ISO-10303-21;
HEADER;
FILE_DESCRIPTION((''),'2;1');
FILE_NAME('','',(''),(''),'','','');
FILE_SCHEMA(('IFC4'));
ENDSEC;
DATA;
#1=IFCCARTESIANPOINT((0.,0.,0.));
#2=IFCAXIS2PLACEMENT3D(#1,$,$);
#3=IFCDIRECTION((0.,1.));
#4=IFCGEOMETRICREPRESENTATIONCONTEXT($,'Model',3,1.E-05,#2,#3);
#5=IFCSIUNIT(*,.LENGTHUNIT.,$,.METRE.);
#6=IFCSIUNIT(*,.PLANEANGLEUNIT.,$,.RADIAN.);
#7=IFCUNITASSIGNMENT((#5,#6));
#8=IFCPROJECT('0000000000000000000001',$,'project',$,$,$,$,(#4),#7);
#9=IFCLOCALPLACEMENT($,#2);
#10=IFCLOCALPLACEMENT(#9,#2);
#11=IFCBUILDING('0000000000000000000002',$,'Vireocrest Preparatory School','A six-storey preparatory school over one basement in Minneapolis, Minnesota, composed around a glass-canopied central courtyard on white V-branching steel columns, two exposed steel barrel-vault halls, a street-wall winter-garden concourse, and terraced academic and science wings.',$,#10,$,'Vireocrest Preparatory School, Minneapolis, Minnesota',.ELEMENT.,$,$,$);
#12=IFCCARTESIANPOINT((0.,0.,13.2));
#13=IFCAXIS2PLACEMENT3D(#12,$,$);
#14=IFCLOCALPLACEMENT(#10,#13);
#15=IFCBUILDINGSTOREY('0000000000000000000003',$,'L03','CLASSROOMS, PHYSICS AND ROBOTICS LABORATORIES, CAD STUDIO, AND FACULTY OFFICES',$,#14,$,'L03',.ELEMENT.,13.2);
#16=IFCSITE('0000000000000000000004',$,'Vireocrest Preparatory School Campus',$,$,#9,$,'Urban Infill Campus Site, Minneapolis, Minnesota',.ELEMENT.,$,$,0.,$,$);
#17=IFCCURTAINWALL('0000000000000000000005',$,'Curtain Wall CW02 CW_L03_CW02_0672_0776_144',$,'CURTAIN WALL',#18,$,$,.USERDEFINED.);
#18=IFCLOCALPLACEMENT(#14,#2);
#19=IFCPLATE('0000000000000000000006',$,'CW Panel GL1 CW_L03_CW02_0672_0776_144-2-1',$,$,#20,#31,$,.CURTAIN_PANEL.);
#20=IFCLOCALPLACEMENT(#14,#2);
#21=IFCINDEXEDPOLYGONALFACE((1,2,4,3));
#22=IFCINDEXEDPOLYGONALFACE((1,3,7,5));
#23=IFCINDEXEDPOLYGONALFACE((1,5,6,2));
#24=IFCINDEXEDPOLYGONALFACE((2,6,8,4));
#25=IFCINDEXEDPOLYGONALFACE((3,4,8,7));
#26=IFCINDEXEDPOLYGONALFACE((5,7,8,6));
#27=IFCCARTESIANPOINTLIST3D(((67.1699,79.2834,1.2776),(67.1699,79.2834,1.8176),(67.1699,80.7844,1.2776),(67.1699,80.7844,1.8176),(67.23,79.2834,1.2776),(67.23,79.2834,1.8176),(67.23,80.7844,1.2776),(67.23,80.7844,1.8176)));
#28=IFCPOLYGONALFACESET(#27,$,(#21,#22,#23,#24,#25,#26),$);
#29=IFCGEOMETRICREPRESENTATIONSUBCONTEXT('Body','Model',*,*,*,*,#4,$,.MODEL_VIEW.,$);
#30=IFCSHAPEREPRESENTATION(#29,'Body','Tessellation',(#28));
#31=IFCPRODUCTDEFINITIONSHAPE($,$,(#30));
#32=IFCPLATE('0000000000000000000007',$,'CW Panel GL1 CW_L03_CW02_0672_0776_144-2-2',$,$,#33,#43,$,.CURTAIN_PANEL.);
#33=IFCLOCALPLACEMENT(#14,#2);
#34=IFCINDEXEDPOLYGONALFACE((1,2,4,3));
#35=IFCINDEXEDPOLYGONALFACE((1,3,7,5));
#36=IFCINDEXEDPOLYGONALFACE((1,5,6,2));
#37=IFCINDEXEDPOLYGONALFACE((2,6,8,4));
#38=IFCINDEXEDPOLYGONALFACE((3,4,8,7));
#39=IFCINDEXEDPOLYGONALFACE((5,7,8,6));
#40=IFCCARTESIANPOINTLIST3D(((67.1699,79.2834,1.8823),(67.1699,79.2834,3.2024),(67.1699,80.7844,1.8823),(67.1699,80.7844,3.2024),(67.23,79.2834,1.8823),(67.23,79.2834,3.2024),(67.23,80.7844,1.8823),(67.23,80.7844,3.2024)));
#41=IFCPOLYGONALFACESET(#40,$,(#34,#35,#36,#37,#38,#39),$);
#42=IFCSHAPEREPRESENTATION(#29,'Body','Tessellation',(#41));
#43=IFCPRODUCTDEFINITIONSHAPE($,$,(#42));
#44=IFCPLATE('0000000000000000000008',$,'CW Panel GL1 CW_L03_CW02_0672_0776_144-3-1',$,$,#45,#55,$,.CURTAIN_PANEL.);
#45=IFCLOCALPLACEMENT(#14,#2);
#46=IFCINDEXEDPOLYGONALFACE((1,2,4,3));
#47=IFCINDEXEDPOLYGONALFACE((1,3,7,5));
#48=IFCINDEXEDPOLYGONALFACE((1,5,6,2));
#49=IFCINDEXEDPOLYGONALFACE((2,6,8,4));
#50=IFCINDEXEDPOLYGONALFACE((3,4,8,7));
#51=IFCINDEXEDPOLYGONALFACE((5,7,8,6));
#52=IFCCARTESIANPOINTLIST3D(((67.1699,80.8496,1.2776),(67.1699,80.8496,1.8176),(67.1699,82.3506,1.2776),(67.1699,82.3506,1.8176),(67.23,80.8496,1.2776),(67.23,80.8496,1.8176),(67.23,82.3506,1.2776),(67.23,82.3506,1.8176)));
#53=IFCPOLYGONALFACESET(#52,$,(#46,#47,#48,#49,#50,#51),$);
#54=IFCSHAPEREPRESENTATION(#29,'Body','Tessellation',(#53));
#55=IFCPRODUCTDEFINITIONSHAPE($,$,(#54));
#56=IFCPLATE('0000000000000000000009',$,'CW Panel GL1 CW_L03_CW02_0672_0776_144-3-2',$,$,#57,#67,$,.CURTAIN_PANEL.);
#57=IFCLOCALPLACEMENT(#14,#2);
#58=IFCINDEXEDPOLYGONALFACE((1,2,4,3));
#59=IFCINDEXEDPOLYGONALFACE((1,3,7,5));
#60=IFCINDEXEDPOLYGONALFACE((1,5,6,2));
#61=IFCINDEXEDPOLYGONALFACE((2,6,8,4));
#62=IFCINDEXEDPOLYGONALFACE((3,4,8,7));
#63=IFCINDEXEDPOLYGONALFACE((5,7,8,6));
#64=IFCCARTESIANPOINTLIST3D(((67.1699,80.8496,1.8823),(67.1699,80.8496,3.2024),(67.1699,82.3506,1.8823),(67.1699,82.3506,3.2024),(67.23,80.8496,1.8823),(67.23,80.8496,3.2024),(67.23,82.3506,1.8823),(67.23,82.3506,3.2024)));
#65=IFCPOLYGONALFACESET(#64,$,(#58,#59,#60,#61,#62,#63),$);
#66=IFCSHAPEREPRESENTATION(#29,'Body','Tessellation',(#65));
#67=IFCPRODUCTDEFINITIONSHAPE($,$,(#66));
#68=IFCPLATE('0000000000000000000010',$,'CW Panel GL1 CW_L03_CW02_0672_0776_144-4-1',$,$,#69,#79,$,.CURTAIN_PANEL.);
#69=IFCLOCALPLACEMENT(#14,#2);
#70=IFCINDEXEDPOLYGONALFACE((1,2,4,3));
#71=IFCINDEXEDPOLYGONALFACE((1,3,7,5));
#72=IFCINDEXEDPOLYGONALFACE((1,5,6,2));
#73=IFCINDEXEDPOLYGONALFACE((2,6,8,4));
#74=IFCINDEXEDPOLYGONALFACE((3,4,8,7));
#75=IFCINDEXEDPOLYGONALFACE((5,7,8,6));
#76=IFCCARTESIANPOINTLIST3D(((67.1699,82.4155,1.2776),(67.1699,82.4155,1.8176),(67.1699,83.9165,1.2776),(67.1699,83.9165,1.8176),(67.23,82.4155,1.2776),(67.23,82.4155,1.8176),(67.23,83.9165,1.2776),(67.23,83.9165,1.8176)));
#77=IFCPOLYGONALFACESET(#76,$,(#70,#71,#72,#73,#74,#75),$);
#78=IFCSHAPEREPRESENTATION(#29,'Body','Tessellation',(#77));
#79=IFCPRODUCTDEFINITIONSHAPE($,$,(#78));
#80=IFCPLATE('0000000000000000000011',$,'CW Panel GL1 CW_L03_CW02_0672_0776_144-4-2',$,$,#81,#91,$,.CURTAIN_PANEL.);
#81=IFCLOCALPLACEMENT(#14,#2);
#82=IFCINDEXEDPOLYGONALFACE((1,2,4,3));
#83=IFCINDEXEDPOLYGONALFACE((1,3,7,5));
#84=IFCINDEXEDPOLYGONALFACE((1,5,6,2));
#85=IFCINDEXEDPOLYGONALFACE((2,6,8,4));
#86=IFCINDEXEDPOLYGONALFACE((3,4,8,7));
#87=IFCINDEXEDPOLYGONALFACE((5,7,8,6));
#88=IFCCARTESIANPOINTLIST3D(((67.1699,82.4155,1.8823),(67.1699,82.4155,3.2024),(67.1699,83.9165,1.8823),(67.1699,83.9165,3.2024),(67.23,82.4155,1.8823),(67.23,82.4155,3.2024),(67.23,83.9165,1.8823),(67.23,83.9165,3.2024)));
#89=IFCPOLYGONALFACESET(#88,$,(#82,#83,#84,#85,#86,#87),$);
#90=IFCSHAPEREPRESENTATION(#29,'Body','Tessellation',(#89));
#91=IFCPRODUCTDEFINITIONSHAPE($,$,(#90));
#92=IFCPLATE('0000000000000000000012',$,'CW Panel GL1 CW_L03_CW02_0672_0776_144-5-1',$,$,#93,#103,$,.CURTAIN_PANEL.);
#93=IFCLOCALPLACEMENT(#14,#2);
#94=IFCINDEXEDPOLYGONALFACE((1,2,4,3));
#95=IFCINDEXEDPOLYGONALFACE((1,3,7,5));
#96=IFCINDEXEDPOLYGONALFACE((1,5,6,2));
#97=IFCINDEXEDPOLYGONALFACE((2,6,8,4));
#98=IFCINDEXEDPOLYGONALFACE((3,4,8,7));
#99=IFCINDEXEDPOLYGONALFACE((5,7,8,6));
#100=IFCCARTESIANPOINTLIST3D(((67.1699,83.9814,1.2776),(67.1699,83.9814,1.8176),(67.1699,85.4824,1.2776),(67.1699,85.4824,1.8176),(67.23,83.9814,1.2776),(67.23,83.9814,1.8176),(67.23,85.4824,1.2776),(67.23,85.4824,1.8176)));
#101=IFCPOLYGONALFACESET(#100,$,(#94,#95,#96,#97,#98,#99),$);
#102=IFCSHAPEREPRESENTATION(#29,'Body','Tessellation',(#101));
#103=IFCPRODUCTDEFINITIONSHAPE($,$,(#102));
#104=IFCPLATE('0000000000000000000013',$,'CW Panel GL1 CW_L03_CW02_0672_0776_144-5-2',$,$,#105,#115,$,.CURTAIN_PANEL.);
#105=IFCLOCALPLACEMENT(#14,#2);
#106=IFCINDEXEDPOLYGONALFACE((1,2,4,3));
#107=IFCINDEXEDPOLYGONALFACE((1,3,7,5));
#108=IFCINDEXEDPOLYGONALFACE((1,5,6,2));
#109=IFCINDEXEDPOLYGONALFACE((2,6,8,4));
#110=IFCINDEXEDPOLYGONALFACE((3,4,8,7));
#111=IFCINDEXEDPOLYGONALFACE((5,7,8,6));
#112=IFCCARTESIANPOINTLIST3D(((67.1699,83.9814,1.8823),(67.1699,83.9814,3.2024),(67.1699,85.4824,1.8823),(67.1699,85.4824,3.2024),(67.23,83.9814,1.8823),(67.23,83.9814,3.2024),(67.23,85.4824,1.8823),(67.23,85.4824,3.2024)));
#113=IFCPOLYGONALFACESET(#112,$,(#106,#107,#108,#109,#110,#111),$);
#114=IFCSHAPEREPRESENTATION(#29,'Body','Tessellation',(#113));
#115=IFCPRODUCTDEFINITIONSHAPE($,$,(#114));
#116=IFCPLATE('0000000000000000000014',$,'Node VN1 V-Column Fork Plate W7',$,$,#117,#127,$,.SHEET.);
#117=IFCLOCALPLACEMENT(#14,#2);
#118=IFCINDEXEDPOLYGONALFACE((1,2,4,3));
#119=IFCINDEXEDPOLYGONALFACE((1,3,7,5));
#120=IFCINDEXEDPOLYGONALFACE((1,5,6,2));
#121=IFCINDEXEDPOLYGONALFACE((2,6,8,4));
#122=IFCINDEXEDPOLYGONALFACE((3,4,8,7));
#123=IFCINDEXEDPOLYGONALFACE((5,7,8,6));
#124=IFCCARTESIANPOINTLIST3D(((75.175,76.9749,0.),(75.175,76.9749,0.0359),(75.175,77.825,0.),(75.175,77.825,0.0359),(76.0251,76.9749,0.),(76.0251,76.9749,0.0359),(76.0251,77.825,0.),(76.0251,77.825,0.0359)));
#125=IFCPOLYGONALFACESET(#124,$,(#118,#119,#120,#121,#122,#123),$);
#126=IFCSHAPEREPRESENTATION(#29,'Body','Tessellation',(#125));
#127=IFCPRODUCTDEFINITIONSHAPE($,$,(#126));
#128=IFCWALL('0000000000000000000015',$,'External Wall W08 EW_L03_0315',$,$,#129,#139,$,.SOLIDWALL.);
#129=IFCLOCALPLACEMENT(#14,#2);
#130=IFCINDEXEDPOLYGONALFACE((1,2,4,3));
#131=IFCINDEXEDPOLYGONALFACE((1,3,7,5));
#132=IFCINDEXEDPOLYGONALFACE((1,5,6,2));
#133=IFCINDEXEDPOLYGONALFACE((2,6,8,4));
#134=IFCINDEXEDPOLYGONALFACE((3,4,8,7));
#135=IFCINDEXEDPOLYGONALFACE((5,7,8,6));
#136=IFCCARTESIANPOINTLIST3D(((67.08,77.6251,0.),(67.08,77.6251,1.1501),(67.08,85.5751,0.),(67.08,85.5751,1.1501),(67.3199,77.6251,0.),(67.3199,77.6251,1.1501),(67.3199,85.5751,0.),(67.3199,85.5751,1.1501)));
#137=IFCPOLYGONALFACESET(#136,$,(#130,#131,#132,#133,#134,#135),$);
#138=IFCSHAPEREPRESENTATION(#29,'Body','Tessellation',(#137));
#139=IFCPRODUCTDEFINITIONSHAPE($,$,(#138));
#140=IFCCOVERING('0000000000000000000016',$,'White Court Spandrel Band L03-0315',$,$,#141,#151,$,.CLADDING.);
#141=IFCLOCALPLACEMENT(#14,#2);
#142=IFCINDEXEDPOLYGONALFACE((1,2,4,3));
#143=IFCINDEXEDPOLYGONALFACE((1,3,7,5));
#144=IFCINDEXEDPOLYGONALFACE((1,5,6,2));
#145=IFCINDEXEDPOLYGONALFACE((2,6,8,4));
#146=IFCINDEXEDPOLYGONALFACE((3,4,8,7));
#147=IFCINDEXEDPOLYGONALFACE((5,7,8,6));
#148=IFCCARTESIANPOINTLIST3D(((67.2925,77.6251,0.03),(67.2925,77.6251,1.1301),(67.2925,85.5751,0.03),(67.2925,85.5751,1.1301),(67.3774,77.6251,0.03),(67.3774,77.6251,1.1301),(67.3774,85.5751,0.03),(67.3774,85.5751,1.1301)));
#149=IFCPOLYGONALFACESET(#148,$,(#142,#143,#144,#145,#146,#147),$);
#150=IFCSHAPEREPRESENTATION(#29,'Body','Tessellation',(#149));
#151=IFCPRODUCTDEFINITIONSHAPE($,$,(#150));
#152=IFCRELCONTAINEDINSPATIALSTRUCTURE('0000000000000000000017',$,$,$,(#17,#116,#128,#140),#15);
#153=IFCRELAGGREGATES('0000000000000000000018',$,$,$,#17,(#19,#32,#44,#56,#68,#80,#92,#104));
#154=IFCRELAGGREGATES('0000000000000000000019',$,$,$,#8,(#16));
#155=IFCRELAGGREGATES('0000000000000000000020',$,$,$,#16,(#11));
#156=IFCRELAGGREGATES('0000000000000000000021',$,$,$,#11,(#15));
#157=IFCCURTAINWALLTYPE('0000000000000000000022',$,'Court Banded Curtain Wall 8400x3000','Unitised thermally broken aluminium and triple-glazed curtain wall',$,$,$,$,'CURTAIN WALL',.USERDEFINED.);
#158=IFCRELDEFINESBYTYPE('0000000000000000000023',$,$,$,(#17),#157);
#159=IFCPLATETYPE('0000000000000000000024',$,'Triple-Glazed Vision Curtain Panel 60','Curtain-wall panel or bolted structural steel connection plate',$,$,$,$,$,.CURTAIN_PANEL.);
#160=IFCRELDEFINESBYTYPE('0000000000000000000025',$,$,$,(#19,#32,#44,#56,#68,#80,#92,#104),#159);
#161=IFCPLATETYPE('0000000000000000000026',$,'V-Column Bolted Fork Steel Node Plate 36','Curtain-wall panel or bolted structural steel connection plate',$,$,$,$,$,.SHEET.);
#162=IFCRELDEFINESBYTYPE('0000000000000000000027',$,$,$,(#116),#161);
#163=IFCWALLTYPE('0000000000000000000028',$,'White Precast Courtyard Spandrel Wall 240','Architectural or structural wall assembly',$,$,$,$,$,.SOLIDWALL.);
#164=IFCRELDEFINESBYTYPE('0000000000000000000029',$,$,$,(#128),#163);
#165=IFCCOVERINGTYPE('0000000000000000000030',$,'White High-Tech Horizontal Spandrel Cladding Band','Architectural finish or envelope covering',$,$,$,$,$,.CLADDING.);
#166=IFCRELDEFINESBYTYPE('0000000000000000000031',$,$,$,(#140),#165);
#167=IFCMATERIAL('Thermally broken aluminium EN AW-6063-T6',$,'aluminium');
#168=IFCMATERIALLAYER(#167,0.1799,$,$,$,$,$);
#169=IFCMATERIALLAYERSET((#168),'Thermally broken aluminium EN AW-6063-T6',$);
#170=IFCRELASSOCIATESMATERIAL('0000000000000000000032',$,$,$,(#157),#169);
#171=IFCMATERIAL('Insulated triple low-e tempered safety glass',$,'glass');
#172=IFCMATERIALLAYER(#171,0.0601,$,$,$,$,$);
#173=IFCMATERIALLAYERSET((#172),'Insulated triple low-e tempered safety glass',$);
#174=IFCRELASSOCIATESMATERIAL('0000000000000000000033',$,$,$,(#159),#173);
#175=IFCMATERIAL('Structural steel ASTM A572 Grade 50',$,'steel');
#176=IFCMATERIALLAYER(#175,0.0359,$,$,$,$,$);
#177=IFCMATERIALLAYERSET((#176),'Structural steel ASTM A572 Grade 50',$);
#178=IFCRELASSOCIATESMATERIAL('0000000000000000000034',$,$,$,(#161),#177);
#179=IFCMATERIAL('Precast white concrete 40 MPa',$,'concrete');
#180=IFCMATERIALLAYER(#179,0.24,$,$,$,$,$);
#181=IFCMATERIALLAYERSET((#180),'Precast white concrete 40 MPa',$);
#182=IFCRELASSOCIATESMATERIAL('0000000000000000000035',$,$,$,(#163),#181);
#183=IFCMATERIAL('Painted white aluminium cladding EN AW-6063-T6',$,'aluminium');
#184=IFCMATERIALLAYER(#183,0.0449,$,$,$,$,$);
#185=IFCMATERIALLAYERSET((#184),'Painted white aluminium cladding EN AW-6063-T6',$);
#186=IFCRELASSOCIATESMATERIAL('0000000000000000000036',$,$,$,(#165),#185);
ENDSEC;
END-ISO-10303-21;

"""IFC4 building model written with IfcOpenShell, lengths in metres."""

from ifc_helpers import new_model, si_unit, direction, frame, frame_2d, origin, origin_2d, place, context, subcontext, project, spatial, rectangle, extrude, material, layer, layer_set, type_object, element, aggregate, save


model = new_model("IFC4")

# Units and contexts
model_context = context("Model", 3, precision=1e-05, world=origin(), true_north=direction((0.0, 1.0)))
body_context = subcontext(model_context, "Body", "Model", "MODEL_VIEW")
ifc_project = project(units=[si_unit("LENGTHUNIT", "METRE"), si_unit("PLANEANGLEUNIT", "RADIAN")], contexts=[model_context])

# Site, building, storey
site_placement = place(None, origin())
site = spatial("IfcSite", under=ifc_project, at=site_placement, Name="Vireocrest Preparatory School Campus", LongName="Urban Infill Campus Site, Minneapolis, Minnesota", CompositionType="ELEMENT", RefElevation=0.0)
building_placement = place(site_placement, origin())
building = spatial("IfcBuilding", under=site, at=building_placement, Name="Vireocrest Preparatory School", Description="A six-storey preparatory school over one basement in Minneapolis, Minnesota, composed around a glass-canopied central courtyard on white V-branching steel columns, two exposed steel barrel-vault halls, a street-wall winter-garden concourse, and terraced academic and science wings.", LongName="Vireocrest Preparatory School, Minneapolis, Minnesota", CompositionType="ELEMENT")
storey_placement = place(building_placement, frame((0.0, 0.0, 13.2)))
storey = spatial("IfcBuildingStorey", under=building, at=storey_placement, Name="L03", Description="CLASSROOMS, PHYSICS AND ROBOTICS LABORATORIES, CAD STUDIO, AND FACULTY OFFICES", LongName="L03", CompositionType="ELEMENT", Elevation=13.2)

# Curtain wall
ifc_material_1 = material(Name="Thermally broken aluminium EN AW-6063-T6", Category="aluminium")
ifc_layer_1 = layer(ifc_material_1, 0.1799)
ifc_layer_set_1 = layer_set([ifc_layer_1], Name="Thermally broken aluminium EN AW-6063-T6")
curtain_wall_type = type_object("IfcCurtainWallType", Name="Court Banded Curtain Wall 8400x3000", Description="Unitised thermally broken aluminium and triple-glazed curtain wall", ElementType="CURTAIN WALL", PredefinedType="USERDEFINED", material=ifc_layer_set_1)
curtain_wall_placement = place(storey_placement, origin())
curtain_wall = element("IfcCurtainWall", 1, at=curtain_wall_placement, inside=storey, type_object=curtain_wall_type, Name="Curtain Wall CW02 CW_L03_CW02_0672_0776_144", ObjectType="CURTAIN WALL", PredefinedType="USERDEFINED")

# Plates
ifc_material_2 = material(Name="Insulated triple low-e tempered safety glass", Category="glass")
ifc_layer_2 = layer(ifc_material_2, 0.0601)
ifc_layer_set_2 = layer_set([ifc_layer_2], Name="Insulated triple low-e tempered safety glass")
plate_type_1 = type_object("IfcPlateType", Name="Triple-Glazed Vision Curtain Panel 60", Description="Curtain-wall panel or bolted structural steel connection plate", PredefinedType="CURTAIN_PANEL", material=ifc_layer_set_2)
plate_1_placement = place(storey_placement, frame((67.2, 80.0339, 1.2776), z_axis=(0.0, 0.0, 1.0), x_axis=(0.0, 1.0, 0.0)))
plate_1 = element("IfcPlate", 2, at=plate_1_placement, type_object=plate_type_1, Name="CW Panel GL1 CW_L03_CW02_0672_0776_144-2-1", PredefinedType="CURTAIN_PANEL", context=body_context, shape_type="SweptSolid", body=[
    extrude(rectangle(XDim=1.501, YDim=0.0601, at=origin_2d()), origin(), (0.0, 0.0, 1.0), 0.54),
])
plate_2_placement = place(storey_placement, frame((67.2, 80.0339, 1.8823), z_axis=(0.0, 0.0, 1.0), x_axis=(0.0, 1.0, 0.0)))
plate_2 = element("IfcPlate", 3, at=plate_2_placement, type_object=plate_type_1, Name="CW Panel GL1 CW_L03_CW02_0672_0776_144-2-2", PredefinedType="CURTAIN_PANEL", context=body_context, shape_type="SweptSolid", body=[
    extrude(rectangle(XDim=1.501, YDim=0.0601, at=origin_2d()), origin(), (0.0, 0.0, 1.0), 1.3201),
])
plate_3_placement = place(storey_placement, frame((67.2, 81.6001, 1.2776), z_axis=(0.0, 0.0, 1.0), x_axis=(0.0, 1.0, 0.0)))
plate_3 = element("IfcPlate", 4, at=plate_3_placement, type_object=plate_type_1, Name="CW Panel GL1 CW_L03_CW02_0672_0776_144-3-1", PredefinedType="CURTAIN_PANEL", context=body_context, shape_type="SweptSolid", body=[
    extrude(rectangle(XDim=1.501, YDim=0.0601, at=origin_2d()), origin(), (0.0, 0.0, 1.0), 0.54),
])
plate_4_placement = place(storey_placement, frame((67.2, 81.6001, 1.8823), z_axis=(0.0, 0.0, 1.0), x_axis=(0.0, 1.0, 0.0)))
plate_4 = element("IfcPlate", 5, at=plate_4_placement, type_object=plate_type_1, Name="CW Panel GL1 CW_L03_CW02_0672_0776_144-3-2", PredefinedType="CURTAIN_PANEL", context=body_context, shape_type="SweptSolid", body=[
    extrude(rectangle(XDim=1.501, YDim=0.0601, at=origin_2d()), origin(), (0.0, 0.0, 1.0), 1.3201),
])
plate_5_placement = place(storey_placement, frame((67.2, 83.166, 1.2776), z_axis=(0.0, 0.0, 1.0), x_axis=(0.0, 1.0, 0.0)))
plate_5 = element("IfcPlate", 6, at=plate_5_placement, type_object=plate_type_1, Name="CW Panel GL1 CW_L03_CW02_0672_0776_144-4-1", PredefinedType="CURTAIN_PANEL", context=body_context, shape_type="SweptSolid", body=[
    extrude(rectangle(XDim=1.501, YDim=0.0601, at=origin_2d()), origin(), (0.0, 0.0, 1.0), 0.54),
])
plate_6_placement = place(storey_placement, frame((67.2, 83.166, 1.8823), z_axis=(0.0, 0.0, 1.0), x_axis=(0.0, 1.0, 0.0)))
plate_6 = element("IfcPlate", 7, at=plate_6_placement, type_object=plate_type_1, Name="CW Panel GL1 CW_L03_CW02_0672_0776_144-4-2", PredefinedType="CURTAIN_PANEL", context=body_context, shape_type="SweptSolid", body=[
    extrude(rectangle(XDim=1.501, YDim=0.0601, at=origin_2d()), origin(), (0.0, 0.0, 1.0), 1.3201),
])
plate_7_placement = place(storey_placement, frame((67.2, 84.7319, 1.2776), z_axis=(0.0, 0.0, 1.0), x_axis=(0.0, 1.0, 0.0)))
plate_7 = element("IfcPlate", 8, at=plate_7_placement, type_object=plate_type_1, Name="CW Panel GL1 CW_L03_CW02_0672_0776_144-5-1", PredefinedType="CURTAIN_PANEL", context=body_context, shape_type="SweptSolid", body=[
    extrude(rectangle(XDim=1.501, YDim=0.0601, at=origin_2d()), origin(), (0.0, 0.0, 1.0), 0.54),
])
plate_8_placement = place(storey_placement, frame((67.2, 84.7319, 1.8823), z_axis=(0.0, 0.0, 1.0), x_axis=(0.0, 1.0, 0.0)))
plate_8 = element("IfcPlate", 9, at=plate_8_placement, type_object=plate_type_1, Name="CW Panel GL1 CW_L03_CW02_0672_0776_144-5-2", PredefinedType="CURTAIN_PANEL", context=body_context, shape_type="SweptSolid", body=[
    extrude(rectangle(XDim=1.501, YDim=0.0601, at=origin_2d()), origin(), (0.0, 0.0, 1.0), 1.3201),
])
aggregate(curtain_wall, [plate_1, plate_2, plate_3, plate_4, plate_5, plate_6, plate_7, plate_8])
ifc_material_3 = material(Name="Structural steel ASTM A572 Grade 50", Category="steel")
ifc_layer_3 = layer(ifc_material_3, 0.0359)
ifc_layer_set_3 = layer_set([ifc_layer_3], Name="Structural steel ASTM A572 Grade 50")
plate_type_2 = type_object("IfcPlateType", Name="V-Column Bolted Fork Steel Node Plate 36", Description="Curtain-wall panel or bolted structural steel connection plate", PredefinedType="SHEET", material=ifc_layer_set_3)
plate_9_placement = place(storey_placement, frame((75.6001, 77.3999, 0.0), z_axis=(0.0, 0.0, 1.0), x_axis=(1.0, 0.0, 0.0)))
element("IfcPlate", 10, at=plate_9_placement, inside=storey, type_object=plate_type_2, Name="Node VN1 V-Column Fork Plate W7", PredefinedType="SHEET", context=body_context, shape_type="SweptSolid", body=[
    extrude(rectangle(XDim=0.8501, YDim=0.8501, at=origin_2d()), origin(), (0.0, 0.0, 1.0), 0.0359),
])

# Wall
ifc_material_4 = material(Name="Precast white concrete 40 MPa", Category="concrete")
ifc_layer_4 = layer(ifc_material_4, 0.24)
ifc_layer_set_4 = layer_set([ifc_layer_4], Name="Precast white concrete 40 MPa")
wall_type = type_object("IfcWallType", Name="White Precast Courtyard Spandrel Wall 240", Description="Architectural or structural wall assembly", PredefinedType="SOLIDWALL", material=ifc_layer_set_4)
wall_placement = place(storey_placement, frame((67.2, 77.625, 0.0), z_axis=(0.0, 0.0, 1.0), x_axis=(0.0, 1.0, 0.0)))
element("IfcWall", 11, at=wall_placement, inside=storey, type_object=wall_type, Name="External Wall W08 EW_L03_0315", PredefinedType="SOLIDWALL", context=body_context, shape_type="SweptSolid", body=[
    extrude(rectangle(XDim=7.95, YDim=0.24, at=frame_2d((3.9751, 0.0))), origin(), (0.0, 0.0, 1.0), 1.1501),
])

# Covering
ifc_material_5 = material(Name="Painted white aluminium cladding EN AW-6063-T6", Category="aluminium")
ifc_layer_5 = layer(ifc_material_5, 0.0449)
ifc_layer_set_5 = layer_set([ifc_layer_5], Name="Painted white aluminium cladding EN AW-6063-T6")
covering_type = type_object("IfcCoveringType", Name="White High-Tech Horizontal Spandrel Cladding Band", Description="Architectural finish or envelope covering", PredefinedType="CLADDING", material=ifc_layer_set_5)
covering_placement = place(storey_placement, frame((67.335, 81.6001, 0.03), z_axis=(0.0, 0.0, 1.0), x_axis=(1.0, 0.0, 0.0)))
element("IfcCovering", 12, at=covering_placement, inside=storey, type_object=covering_type, Name="White Court Spandrel Band L03-0315", PredefinedType="CLADDING", context=body_context, shape_type="SweptSolid", body=[
    extrude(rectangle(XDim=0.085, YDim=7.95, at=origin_2d()), origin(), (0.0, 0.0, 1.0), 1.1001),
])

save(model, "model.ifc")
